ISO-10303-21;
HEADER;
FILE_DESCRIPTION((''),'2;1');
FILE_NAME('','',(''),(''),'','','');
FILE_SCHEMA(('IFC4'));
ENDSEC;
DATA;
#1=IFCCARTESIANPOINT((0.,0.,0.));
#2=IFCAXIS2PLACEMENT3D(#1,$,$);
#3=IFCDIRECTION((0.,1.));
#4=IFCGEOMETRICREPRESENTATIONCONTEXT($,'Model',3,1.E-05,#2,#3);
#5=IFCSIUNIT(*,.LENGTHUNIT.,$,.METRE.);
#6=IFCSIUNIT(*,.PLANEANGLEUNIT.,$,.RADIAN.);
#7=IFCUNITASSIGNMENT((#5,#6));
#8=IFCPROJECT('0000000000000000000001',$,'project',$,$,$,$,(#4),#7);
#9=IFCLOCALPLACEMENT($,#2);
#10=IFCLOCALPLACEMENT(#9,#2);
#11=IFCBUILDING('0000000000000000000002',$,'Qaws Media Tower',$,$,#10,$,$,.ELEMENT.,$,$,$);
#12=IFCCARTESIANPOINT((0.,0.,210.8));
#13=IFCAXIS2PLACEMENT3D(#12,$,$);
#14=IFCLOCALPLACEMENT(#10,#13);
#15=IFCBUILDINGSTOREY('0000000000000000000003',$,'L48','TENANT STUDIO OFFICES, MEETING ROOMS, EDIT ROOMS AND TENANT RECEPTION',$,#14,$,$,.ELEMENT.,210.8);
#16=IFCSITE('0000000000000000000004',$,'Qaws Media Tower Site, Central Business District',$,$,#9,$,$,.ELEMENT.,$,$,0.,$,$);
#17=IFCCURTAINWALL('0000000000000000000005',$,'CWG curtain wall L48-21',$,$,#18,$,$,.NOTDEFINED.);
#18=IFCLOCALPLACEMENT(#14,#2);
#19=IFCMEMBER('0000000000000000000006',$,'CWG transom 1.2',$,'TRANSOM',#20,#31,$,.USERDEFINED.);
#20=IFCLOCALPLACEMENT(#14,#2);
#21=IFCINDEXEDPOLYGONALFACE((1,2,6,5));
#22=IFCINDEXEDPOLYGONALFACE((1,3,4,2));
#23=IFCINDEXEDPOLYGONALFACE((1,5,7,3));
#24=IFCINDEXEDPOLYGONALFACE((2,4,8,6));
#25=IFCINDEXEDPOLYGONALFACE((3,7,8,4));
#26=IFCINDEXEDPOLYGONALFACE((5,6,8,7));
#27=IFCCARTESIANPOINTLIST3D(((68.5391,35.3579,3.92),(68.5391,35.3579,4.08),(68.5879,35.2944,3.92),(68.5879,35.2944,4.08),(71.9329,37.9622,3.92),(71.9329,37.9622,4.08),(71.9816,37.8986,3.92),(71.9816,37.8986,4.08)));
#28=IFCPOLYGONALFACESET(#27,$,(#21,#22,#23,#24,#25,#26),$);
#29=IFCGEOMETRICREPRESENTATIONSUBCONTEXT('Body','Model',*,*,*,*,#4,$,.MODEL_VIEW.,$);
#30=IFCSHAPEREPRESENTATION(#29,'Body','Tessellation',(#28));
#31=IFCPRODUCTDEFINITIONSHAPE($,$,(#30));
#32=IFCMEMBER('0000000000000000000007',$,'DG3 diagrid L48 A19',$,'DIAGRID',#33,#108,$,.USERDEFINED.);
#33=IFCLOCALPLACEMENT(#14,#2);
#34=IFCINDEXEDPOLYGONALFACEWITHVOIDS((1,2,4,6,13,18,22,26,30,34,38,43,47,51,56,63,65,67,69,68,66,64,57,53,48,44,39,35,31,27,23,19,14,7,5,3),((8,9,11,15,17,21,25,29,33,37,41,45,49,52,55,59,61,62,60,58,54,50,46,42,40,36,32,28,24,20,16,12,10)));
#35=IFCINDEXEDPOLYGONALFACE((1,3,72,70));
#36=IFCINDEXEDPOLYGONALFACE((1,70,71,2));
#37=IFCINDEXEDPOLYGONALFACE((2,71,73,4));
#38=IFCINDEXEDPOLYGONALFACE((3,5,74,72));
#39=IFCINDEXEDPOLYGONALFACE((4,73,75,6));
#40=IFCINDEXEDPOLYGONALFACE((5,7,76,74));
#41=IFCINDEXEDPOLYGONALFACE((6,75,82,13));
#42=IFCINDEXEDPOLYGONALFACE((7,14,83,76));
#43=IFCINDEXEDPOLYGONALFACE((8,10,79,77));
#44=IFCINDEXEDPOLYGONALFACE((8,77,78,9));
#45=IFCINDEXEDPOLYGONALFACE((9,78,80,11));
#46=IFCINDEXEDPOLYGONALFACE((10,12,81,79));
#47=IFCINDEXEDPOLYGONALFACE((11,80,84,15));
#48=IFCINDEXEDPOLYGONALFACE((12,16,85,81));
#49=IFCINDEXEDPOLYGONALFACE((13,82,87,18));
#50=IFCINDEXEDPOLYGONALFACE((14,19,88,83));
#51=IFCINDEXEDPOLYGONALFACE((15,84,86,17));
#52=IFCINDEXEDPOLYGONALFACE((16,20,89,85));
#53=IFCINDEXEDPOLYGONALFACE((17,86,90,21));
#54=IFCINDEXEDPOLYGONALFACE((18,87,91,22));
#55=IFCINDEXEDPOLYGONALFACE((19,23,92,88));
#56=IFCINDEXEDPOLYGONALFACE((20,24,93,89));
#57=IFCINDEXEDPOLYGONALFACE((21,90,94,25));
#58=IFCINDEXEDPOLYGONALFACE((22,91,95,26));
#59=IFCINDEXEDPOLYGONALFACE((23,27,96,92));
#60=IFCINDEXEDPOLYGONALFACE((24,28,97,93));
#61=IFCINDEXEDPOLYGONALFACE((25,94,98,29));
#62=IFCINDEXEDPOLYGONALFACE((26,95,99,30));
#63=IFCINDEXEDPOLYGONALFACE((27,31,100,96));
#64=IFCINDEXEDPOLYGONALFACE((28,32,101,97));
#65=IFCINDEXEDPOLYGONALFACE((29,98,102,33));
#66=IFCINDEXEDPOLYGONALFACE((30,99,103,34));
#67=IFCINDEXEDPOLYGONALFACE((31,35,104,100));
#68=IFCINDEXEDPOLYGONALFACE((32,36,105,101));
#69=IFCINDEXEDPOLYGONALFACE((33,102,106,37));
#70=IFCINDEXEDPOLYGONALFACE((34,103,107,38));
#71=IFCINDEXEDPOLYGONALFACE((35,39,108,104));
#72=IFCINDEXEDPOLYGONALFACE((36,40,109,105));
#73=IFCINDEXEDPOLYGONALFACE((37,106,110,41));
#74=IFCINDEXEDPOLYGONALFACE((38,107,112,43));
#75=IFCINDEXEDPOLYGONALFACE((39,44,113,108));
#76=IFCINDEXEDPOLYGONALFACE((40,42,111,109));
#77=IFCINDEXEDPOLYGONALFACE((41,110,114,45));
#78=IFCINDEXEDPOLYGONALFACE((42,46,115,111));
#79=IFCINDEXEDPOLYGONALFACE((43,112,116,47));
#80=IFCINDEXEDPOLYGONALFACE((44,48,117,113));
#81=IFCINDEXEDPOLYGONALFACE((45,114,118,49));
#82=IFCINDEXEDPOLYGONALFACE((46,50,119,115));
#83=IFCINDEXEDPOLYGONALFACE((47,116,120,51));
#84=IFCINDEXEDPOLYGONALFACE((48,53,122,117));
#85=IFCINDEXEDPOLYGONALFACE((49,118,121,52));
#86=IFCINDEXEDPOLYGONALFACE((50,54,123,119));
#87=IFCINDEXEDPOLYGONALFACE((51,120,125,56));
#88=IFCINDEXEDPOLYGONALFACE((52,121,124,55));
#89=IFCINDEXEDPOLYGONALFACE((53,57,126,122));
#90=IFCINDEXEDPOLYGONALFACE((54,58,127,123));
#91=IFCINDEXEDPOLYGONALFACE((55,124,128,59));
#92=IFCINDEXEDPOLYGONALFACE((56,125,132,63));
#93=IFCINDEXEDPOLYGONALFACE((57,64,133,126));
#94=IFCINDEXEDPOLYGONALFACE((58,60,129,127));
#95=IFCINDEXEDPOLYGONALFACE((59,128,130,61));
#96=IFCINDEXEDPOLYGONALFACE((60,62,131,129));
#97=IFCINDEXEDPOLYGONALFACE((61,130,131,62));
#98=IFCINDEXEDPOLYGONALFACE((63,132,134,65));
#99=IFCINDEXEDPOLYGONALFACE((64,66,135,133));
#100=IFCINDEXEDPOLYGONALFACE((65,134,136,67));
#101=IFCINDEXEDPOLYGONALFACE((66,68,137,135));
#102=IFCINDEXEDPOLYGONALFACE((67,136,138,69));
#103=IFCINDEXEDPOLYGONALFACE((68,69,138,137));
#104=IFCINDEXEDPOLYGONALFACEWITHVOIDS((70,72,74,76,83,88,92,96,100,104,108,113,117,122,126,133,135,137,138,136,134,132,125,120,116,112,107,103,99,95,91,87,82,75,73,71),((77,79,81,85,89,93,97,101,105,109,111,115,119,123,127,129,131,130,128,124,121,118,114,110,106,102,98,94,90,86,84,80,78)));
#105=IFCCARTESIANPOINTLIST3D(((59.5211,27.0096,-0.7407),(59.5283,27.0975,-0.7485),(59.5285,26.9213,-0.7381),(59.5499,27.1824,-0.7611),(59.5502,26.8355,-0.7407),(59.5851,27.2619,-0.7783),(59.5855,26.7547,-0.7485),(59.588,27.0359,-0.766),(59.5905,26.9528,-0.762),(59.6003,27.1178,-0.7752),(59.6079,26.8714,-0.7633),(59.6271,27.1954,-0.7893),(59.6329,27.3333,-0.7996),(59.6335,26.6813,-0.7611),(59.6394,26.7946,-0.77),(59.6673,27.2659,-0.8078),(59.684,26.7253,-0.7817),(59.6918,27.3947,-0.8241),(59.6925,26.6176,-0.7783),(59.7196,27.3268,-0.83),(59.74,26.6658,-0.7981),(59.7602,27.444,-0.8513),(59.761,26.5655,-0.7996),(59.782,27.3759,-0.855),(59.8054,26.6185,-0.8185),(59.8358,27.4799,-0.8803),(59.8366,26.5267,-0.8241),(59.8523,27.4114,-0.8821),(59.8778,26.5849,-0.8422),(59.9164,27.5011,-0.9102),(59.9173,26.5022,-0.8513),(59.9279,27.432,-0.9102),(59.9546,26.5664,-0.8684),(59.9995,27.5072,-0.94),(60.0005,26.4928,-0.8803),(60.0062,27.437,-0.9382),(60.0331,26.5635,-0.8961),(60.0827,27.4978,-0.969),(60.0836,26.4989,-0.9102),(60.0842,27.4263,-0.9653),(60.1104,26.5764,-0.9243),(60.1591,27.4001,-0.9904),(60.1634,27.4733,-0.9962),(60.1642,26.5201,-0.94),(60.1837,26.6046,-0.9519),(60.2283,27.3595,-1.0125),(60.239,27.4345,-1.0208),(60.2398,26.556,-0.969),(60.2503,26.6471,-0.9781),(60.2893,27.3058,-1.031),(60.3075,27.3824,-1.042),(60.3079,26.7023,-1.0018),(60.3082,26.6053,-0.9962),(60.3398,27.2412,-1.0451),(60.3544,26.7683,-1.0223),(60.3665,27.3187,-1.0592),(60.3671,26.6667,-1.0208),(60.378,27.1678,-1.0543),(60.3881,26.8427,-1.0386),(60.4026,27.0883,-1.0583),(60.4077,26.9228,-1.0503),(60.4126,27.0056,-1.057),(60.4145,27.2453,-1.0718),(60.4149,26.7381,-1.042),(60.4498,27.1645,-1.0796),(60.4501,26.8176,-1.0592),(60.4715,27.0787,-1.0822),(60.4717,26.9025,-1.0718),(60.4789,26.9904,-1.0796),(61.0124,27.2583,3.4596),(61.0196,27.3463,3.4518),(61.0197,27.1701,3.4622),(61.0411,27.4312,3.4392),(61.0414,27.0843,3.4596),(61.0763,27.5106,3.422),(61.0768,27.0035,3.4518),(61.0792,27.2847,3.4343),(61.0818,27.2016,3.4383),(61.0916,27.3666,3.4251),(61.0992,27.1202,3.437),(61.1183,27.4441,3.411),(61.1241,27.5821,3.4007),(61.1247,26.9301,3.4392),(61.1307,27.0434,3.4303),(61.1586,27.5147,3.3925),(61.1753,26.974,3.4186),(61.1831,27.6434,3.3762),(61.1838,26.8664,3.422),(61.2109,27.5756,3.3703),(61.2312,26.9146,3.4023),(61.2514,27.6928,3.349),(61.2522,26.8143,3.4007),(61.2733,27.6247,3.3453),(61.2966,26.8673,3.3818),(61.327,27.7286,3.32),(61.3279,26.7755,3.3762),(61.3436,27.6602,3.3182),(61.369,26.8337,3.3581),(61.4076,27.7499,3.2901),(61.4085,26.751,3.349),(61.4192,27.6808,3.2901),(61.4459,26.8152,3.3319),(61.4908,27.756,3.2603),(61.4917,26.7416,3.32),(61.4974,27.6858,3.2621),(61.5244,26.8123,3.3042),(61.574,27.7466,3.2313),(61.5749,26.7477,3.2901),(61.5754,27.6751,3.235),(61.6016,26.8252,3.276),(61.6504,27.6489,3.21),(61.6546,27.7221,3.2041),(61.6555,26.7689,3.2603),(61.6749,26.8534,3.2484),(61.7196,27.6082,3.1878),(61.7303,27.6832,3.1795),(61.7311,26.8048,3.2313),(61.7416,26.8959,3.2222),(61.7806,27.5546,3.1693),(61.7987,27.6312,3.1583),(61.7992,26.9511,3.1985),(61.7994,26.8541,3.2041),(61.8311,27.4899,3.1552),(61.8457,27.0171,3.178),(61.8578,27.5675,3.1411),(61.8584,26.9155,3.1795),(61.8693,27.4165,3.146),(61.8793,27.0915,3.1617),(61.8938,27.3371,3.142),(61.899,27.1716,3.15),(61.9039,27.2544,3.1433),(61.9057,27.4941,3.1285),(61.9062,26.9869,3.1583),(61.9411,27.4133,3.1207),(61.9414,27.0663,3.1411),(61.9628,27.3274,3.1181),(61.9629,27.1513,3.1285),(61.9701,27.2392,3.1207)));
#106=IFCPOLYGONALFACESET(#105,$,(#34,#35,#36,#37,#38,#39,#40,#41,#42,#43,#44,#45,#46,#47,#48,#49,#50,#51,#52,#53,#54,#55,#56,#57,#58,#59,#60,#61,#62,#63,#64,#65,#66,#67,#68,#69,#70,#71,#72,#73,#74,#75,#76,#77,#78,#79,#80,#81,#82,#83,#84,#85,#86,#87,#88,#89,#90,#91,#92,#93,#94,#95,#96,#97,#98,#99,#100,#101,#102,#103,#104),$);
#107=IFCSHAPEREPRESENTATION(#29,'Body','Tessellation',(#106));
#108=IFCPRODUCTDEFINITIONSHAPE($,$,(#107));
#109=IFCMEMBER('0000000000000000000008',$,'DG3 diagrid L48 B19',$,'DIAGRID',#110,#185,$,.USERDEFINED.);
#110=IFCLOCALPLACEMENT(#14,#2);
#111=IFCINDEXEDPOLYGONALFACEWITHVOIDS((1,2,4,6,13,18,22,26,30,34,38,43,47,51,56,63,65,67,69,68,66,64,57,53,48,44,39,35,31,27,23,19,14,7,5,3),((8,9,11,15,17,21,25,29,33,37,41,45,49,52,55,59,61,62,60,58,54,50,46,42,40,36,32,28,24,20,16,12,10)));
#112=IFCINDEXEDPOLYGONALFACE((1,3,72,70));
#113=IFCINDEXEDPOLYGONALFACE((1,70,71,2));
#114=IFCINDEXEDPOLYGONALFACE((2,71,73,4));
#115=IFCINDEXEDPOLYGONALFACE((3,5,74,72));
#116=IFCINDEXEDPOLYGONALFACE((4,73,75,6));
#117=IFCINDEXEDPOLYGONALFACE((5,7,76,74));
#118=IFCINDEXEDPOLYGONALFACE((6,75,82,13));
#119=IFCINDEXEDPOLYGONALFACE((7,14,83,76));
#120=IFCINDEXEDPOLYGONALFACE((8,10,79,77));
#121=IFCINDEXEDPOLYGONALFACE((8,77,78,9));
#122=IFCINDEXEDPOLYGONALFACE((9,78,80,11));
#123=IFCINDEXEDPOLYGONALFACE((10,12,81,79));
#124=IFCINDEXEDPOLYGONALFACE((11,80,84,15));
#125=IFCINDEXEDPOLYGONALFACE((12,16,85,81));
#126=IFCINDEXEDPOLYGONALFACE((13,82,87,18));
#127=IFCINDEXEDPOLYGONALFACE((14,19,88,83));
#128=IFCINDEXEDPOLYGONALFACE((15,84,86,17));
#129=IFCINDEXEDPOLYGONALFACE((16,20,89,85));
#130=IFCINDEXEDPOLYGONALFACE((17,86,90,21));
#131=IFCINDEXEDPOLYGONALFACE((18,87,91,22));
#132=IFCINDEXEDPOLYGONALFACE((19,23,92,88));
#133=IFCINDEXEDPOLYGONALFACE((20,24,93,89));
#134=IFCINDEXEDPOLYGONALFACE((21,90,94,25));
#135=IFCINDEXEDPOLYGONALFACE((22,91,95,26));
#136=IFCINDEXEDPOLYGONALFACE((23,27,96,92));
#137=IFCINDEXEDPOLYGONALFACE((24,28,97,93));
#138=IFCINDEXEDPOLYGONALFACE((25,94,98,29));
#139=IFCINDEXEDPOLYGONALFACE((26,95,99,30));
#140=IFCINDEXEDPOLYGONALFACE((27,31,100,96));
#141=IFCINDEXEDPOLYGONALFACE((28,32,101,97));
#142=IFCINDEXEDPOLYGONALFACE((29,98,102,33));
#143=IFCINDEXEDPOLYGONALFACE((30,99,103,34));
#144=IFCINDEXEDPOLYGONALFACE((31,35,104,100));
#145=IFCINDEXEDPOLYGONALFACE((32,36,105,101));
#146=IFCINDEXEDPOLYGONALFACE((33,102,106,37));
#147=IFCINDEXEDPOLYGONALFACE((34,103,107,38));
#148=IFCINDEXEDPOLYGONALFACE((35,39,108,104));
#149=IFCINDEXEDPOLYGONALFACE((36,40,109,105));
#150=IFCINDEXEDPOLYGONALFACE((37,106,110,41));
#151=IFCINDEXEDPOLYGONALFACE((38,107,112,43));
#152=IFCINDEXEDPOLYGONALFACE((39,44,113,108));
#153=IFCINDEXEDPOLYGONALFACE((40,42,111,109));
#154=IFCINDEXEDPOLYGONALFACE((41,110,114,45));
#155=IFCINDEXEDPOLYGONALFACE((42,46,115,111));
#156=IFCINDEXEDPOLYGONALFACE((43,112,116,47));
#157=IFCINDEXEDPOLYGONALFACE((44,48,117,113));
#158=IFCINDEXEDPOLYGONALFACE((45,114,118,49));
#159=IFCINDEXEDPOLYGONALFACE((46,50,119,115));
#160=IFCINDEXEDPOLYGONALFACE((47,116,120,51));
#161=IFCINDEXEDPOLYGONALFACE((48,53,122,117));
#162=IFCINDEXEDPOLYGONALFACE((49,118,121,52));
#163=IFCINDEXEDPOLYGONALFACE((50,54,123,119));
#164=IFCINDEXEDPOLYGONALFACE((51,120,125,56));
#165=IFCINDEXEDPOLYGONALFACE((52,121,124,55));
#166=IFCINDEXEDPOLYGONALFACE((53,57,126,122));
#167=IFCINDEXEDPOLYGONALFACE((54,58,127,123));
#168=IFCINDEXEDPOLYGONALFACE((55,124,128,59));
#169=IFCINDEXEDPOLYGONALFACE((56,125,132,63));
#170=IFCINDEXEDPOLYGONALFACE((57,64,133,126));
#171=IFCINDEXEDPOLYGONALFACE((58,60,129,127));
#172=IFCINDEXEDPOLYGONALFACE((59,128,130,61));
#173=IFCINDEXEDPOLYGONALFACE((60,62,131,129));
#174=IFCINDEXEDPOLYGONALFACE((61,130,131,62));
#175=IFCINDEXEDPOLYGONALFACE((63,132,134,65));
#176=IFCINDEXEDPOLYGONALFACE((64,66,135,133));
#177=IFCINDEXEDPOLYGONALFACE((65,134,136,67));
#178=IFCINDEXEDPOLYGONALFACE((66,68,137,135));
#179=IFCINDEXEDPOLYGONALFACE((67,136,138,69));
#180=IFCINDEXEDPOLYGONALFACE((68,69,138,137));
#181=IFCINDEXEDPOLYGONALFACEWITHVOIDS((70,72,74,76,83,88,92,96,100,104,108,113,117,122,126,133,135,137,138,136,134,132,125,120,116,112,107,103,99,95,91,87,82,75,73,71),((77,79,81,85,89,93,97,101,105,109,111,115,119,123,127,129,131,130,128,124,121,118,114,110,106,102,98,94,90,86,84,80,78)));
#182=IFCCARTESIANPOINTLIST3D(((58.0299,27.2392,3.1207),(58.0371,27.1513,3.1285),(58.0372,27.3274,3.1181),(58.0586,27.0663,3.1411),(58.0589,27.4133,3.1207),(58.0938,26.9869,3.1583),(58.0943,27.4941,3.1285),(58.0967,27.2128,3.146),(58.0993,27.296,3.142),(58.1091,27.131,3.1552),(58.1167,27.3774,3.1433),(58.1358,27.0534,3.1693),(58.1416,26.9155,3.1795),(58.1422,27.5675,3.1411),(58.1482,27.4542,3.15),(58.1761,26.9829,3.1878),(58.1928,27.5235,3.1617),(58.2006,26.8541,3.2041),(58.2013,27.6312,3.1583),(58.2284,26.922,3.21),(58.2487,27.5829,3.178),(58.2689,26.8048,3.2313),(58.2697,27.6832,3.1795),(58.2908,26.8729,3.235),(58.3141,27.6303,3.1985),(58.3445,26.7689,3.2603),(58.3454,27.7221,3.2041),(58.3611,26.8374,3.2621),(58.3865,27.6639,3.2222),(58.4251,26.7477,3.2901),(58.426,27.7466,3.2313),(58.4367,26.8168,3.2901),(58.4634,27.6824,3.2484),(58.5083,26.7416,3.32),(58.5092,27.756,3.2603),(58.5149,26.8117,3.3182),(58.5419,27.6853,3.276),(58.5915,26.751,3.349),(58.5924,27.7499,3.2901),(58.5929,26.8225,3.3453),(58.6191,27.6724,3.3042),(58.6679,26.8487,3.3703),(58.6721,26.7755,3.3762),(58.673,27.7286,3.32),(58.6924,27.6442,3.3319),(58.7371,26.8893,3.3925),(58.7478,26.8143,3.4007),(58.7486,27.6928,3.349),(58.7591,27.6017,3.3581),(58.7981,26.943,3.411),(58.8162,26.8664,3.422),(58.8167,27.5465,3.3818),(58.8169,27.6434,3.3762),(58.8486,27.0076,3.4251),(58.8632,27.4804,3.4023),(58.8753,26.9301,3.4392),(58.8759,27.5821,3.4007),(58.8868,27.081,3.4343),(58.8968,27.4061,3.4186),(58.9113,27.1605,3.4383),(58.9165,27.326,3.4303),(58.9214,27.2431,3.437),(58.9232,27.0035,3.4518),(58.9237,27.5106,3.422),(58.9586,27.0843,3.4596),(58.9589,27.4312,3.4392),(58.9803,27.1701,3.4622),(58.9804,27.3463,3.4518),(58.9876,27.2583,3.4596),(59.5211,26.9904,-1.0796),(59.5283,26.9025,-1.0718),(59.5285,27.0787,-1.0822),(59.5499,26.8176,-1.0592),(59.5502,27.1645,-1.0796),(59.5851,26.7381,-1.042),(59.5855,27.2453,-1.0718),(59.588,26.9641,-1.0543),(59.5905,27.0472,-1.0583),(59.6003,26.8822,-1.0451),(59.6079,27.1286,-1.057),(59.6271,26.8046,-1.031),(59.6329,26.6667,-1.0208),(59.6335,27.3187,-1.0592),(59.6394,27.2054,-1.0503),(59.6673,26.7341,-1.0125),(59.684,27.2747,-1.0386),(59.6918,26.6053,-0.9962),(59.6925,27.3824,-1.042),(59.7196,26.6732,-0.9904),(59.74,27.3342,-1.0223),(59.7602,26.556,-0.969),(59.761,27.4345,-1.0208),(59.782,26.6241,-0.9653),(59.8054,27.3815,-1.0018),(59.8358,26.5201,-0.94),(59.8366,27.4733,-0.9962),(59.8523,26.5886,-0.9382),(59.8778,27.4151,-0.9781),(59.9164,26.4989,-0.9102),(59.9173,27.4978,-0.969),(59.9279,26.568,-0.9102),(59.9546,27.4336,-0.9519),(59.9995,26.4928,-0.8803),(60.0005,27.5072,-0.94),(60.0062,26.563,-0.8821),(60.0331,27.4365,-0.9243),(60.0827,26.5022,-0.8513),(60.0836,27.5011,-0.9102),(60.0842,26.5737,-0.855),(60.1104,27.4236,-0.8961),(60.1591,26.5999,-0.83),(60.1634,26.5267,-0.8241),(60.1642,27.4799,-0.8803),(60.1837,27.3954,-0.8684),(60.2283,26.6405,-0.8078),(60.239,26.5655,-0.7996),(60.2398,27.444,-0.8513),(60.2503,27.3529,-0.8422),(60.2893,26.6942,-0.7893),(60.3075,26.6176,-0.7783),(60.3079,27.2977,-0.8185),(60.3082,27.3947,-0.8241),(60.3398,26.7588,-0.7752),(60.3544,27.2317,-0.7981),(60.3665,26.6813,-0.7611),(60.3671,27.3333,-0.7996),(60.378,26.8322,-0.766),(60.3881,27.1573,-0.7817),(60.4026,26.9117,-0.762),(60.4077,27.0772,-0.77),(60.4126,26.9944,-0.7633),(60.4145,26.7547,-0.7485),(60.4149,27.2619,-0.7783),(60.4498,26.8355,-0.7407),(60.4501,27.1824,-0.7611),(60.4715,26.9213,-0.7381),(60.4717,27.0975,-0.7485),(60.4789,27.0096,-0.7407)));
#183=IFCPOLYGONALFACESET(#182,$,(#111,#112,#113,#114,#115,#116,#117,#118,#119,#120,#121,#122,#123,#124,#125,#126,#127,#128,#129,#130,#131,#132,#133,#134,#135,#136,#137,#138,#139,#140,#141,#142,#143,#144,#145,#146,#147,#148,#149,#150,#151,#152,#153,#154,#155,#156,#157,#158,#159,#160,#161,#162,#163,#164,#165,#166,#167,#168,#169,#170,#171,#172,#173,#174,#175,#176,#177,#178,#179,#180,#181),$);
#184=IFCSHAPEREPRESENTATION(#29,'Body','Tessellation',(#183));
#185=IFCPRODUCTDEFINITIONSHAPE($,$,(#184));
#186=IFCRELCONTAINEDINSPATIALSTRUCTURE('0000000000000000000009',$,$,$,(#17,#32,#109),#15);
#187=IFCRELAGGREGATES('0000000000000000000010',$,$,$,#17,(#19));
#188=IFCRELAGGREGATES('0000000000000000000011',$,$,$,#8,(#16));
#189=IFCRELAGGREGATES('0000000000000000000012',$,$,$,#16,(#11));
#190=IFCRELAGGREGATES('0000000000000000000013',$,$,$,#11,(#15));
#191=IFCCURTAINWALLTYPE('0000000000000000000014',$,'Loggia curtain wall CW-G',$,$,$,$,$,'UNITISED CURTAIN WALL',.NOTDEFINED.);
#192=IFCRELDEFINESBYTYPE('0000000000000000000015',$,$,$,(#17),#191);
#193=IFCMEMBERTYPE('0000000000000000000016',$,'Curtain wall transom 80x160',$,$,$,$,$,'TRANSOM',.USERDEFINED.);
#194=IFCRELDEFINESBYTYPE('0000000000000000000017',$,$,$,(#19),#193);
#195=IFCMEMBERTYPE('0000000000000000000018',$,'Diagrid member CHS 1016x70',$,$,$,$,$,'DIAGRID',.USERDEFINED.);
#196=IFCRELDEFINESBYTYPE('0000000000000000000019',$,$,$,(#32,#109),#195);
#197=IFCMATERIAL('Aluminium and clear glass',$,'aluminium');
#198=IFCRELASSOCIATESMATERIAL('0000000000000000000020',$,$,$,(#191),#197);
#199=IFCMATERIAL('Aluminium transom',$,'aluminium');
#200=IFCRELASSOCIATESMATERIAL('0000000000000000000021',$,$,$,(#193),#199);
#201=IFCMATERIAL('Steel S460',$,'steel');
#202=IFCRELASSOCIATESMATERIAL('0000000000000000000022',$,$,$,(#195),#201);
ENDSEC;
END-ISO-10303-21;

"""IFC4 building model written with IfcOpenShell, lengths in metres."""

from ifc_helpers import new_model, si_unit, direction, frame, origin, origin_2d, place, context, subcontext, project, spatial, rectangle, hollow_circle, extrude, material, material_profile, profile_set, type_object, element, aggregate, save


model = new_model("IFC4")

# Units and contexts
model_context = context("Model", 3, precision=1e-05, world=origin(), true_north=direction((0.0, 1.0)))
body_context = subcontext(model_context, "Body", "Model", "MODEL_VIEW")
ifc_project = project(units=[si_unit("LENGTHUNIT", "METRE"), si_unit("PLANEANGLEUNIT", "RADIAN")], contexts=[model_context])

# Site, building, storey
site_placement = place(None, origin())
site = spatial("IfcSite", under=ifc_project, at=site_placement, Name="Qaws Media Tower Site, Central Business District", CompositionType="ELEMENT", RefElevation=0.0)
building_placement = place(site_placement, origin())
building = spatial("IfcBuilding", under=site, at=building_placement, Name="Qaws Media Tower", CompositionType="ELEMENT")
storey_placement = place(building_placement, frame((0.0, 0.0, 210.8)))
storey = spatial("IfcBuildingStorey", under=building, at=storey_placement, Name="L48", Description="TENANT STUDIO OFFICES, MEETING ROOMS, EDIT ROOMS AND TENANT RECEPTION", CompositionType="ELEMENT", Elevation=210.8)

# Shared definitions
ifc_material_1 = material(Name="Aluminium and clear glass", Category="aluminium")
curtain_wall_type_1 = type_object("IfcCurtainWallType", Name="Loggia curtain wall CW-G", ElementType="UNITISED CURTAIN WALL", PredefinedType="NOTDEFINED", material=ifc_material_1)

# Curtain wall
curtain_wall_1_placement = place(storey_placement, origin())
curtain_wall_1 = element("IfcCurtainWall", 1, at=curtain_wall_1_placement, inside=storey, type_object=curtain_wall_type_1, Name="CWG curtain wall L48-21", PredefinedType="NOTDEFINED")

# Member
ifc_material_2 = material(Name="Aluminium transom", Category="aluminium")
ifc_material_profile_1 = material_profile(ifc_material_2, rectangle(XDim=0.0801, YDim=0.1599, at=origin_2d()), Name="80x160")
ifc_profile_set_1 = profile_set([ifc_material_profile_1], Name="Aluminium transom")
member_type_1 = type_object("IfcMemberType", Name="Curtain wall transom 80x160", ElementType="TRANSOM", PredefinedType="USERDEFINED", material=ifc_profile_set_1)
member_1_placement = place(storey_placement, frame((68.5635, 35.3262, 4.0), z_axis=(0.793343, 0.608775, 0.0), x_axis=(-0.608775, 0.793343, 0.0)))
member_1 = element("IfcMember", 2, at=member_1_placement, type_object=member_type_1, Name="CWG transom 1.2", ObjectType="TRANSOM", PredefinedType="USERDEFINED", context=body_context, shape_type="SweptSolid", body=[
    extrude(rectangle(XDim=0.0801, YDim=0.1599, at=origin_2d()), origin(), (0.0, 0.0, 1.0), 4.2778),
])
aggregate(curtain_wall_1, [member_1])

# Members
ifc_material_3 = material(Name="Steel S460", Category="steel")
ifc_material_profile_2 = material_profile(ifc_material_3, hollow_circle(Radius=0.5081, WallThickness=0.0701, at=origin_2d()), Name="CHS 1016x70")
ifc_profile_set_2 = profile_set([ifc_material_profile_2], Name="Steel S460")
member_type_2 = type_object("IfcMemberType", Name="Diagrid member CHS 1016x70", ElementType="DIAGRID", PredefinedType="USERDEFINED", material=ifc_profile_set_2)
for number, where, z_axis, x_axis, name in (
    (3, (60.0, 27.0, -0.9102), (0.334053, 0.05573, 0.940905), (-0.164556, 0.986368, 0.0), "DG3 diagrid L48 A19"),
    (4, (60.0, 27.0, -0.9102), (-0.334053, 0.05573, 0.940905), (-0.164556, -0.986368, 0.0), "DG3 diagrid L48 B19"),
):
    element("IfcMember", number, at=place(storey_placement, frame(where, z_axis=z_axis, x_axis=x_axis)), inside=storey, type_object=member_type_2, Name=name, ObjectType="DIAGRID", PredefinedType="USERDEFINED", context=body_context, shape_type="SweptSolid", body=[
        extrude(hollow_circle(Radius=0.5081, WallThickness=0.0701, at=origin_2d()), origin(), (0.0, 0.0, 1.0), 4.4641),
    ])

save(model, "model.ifc")
